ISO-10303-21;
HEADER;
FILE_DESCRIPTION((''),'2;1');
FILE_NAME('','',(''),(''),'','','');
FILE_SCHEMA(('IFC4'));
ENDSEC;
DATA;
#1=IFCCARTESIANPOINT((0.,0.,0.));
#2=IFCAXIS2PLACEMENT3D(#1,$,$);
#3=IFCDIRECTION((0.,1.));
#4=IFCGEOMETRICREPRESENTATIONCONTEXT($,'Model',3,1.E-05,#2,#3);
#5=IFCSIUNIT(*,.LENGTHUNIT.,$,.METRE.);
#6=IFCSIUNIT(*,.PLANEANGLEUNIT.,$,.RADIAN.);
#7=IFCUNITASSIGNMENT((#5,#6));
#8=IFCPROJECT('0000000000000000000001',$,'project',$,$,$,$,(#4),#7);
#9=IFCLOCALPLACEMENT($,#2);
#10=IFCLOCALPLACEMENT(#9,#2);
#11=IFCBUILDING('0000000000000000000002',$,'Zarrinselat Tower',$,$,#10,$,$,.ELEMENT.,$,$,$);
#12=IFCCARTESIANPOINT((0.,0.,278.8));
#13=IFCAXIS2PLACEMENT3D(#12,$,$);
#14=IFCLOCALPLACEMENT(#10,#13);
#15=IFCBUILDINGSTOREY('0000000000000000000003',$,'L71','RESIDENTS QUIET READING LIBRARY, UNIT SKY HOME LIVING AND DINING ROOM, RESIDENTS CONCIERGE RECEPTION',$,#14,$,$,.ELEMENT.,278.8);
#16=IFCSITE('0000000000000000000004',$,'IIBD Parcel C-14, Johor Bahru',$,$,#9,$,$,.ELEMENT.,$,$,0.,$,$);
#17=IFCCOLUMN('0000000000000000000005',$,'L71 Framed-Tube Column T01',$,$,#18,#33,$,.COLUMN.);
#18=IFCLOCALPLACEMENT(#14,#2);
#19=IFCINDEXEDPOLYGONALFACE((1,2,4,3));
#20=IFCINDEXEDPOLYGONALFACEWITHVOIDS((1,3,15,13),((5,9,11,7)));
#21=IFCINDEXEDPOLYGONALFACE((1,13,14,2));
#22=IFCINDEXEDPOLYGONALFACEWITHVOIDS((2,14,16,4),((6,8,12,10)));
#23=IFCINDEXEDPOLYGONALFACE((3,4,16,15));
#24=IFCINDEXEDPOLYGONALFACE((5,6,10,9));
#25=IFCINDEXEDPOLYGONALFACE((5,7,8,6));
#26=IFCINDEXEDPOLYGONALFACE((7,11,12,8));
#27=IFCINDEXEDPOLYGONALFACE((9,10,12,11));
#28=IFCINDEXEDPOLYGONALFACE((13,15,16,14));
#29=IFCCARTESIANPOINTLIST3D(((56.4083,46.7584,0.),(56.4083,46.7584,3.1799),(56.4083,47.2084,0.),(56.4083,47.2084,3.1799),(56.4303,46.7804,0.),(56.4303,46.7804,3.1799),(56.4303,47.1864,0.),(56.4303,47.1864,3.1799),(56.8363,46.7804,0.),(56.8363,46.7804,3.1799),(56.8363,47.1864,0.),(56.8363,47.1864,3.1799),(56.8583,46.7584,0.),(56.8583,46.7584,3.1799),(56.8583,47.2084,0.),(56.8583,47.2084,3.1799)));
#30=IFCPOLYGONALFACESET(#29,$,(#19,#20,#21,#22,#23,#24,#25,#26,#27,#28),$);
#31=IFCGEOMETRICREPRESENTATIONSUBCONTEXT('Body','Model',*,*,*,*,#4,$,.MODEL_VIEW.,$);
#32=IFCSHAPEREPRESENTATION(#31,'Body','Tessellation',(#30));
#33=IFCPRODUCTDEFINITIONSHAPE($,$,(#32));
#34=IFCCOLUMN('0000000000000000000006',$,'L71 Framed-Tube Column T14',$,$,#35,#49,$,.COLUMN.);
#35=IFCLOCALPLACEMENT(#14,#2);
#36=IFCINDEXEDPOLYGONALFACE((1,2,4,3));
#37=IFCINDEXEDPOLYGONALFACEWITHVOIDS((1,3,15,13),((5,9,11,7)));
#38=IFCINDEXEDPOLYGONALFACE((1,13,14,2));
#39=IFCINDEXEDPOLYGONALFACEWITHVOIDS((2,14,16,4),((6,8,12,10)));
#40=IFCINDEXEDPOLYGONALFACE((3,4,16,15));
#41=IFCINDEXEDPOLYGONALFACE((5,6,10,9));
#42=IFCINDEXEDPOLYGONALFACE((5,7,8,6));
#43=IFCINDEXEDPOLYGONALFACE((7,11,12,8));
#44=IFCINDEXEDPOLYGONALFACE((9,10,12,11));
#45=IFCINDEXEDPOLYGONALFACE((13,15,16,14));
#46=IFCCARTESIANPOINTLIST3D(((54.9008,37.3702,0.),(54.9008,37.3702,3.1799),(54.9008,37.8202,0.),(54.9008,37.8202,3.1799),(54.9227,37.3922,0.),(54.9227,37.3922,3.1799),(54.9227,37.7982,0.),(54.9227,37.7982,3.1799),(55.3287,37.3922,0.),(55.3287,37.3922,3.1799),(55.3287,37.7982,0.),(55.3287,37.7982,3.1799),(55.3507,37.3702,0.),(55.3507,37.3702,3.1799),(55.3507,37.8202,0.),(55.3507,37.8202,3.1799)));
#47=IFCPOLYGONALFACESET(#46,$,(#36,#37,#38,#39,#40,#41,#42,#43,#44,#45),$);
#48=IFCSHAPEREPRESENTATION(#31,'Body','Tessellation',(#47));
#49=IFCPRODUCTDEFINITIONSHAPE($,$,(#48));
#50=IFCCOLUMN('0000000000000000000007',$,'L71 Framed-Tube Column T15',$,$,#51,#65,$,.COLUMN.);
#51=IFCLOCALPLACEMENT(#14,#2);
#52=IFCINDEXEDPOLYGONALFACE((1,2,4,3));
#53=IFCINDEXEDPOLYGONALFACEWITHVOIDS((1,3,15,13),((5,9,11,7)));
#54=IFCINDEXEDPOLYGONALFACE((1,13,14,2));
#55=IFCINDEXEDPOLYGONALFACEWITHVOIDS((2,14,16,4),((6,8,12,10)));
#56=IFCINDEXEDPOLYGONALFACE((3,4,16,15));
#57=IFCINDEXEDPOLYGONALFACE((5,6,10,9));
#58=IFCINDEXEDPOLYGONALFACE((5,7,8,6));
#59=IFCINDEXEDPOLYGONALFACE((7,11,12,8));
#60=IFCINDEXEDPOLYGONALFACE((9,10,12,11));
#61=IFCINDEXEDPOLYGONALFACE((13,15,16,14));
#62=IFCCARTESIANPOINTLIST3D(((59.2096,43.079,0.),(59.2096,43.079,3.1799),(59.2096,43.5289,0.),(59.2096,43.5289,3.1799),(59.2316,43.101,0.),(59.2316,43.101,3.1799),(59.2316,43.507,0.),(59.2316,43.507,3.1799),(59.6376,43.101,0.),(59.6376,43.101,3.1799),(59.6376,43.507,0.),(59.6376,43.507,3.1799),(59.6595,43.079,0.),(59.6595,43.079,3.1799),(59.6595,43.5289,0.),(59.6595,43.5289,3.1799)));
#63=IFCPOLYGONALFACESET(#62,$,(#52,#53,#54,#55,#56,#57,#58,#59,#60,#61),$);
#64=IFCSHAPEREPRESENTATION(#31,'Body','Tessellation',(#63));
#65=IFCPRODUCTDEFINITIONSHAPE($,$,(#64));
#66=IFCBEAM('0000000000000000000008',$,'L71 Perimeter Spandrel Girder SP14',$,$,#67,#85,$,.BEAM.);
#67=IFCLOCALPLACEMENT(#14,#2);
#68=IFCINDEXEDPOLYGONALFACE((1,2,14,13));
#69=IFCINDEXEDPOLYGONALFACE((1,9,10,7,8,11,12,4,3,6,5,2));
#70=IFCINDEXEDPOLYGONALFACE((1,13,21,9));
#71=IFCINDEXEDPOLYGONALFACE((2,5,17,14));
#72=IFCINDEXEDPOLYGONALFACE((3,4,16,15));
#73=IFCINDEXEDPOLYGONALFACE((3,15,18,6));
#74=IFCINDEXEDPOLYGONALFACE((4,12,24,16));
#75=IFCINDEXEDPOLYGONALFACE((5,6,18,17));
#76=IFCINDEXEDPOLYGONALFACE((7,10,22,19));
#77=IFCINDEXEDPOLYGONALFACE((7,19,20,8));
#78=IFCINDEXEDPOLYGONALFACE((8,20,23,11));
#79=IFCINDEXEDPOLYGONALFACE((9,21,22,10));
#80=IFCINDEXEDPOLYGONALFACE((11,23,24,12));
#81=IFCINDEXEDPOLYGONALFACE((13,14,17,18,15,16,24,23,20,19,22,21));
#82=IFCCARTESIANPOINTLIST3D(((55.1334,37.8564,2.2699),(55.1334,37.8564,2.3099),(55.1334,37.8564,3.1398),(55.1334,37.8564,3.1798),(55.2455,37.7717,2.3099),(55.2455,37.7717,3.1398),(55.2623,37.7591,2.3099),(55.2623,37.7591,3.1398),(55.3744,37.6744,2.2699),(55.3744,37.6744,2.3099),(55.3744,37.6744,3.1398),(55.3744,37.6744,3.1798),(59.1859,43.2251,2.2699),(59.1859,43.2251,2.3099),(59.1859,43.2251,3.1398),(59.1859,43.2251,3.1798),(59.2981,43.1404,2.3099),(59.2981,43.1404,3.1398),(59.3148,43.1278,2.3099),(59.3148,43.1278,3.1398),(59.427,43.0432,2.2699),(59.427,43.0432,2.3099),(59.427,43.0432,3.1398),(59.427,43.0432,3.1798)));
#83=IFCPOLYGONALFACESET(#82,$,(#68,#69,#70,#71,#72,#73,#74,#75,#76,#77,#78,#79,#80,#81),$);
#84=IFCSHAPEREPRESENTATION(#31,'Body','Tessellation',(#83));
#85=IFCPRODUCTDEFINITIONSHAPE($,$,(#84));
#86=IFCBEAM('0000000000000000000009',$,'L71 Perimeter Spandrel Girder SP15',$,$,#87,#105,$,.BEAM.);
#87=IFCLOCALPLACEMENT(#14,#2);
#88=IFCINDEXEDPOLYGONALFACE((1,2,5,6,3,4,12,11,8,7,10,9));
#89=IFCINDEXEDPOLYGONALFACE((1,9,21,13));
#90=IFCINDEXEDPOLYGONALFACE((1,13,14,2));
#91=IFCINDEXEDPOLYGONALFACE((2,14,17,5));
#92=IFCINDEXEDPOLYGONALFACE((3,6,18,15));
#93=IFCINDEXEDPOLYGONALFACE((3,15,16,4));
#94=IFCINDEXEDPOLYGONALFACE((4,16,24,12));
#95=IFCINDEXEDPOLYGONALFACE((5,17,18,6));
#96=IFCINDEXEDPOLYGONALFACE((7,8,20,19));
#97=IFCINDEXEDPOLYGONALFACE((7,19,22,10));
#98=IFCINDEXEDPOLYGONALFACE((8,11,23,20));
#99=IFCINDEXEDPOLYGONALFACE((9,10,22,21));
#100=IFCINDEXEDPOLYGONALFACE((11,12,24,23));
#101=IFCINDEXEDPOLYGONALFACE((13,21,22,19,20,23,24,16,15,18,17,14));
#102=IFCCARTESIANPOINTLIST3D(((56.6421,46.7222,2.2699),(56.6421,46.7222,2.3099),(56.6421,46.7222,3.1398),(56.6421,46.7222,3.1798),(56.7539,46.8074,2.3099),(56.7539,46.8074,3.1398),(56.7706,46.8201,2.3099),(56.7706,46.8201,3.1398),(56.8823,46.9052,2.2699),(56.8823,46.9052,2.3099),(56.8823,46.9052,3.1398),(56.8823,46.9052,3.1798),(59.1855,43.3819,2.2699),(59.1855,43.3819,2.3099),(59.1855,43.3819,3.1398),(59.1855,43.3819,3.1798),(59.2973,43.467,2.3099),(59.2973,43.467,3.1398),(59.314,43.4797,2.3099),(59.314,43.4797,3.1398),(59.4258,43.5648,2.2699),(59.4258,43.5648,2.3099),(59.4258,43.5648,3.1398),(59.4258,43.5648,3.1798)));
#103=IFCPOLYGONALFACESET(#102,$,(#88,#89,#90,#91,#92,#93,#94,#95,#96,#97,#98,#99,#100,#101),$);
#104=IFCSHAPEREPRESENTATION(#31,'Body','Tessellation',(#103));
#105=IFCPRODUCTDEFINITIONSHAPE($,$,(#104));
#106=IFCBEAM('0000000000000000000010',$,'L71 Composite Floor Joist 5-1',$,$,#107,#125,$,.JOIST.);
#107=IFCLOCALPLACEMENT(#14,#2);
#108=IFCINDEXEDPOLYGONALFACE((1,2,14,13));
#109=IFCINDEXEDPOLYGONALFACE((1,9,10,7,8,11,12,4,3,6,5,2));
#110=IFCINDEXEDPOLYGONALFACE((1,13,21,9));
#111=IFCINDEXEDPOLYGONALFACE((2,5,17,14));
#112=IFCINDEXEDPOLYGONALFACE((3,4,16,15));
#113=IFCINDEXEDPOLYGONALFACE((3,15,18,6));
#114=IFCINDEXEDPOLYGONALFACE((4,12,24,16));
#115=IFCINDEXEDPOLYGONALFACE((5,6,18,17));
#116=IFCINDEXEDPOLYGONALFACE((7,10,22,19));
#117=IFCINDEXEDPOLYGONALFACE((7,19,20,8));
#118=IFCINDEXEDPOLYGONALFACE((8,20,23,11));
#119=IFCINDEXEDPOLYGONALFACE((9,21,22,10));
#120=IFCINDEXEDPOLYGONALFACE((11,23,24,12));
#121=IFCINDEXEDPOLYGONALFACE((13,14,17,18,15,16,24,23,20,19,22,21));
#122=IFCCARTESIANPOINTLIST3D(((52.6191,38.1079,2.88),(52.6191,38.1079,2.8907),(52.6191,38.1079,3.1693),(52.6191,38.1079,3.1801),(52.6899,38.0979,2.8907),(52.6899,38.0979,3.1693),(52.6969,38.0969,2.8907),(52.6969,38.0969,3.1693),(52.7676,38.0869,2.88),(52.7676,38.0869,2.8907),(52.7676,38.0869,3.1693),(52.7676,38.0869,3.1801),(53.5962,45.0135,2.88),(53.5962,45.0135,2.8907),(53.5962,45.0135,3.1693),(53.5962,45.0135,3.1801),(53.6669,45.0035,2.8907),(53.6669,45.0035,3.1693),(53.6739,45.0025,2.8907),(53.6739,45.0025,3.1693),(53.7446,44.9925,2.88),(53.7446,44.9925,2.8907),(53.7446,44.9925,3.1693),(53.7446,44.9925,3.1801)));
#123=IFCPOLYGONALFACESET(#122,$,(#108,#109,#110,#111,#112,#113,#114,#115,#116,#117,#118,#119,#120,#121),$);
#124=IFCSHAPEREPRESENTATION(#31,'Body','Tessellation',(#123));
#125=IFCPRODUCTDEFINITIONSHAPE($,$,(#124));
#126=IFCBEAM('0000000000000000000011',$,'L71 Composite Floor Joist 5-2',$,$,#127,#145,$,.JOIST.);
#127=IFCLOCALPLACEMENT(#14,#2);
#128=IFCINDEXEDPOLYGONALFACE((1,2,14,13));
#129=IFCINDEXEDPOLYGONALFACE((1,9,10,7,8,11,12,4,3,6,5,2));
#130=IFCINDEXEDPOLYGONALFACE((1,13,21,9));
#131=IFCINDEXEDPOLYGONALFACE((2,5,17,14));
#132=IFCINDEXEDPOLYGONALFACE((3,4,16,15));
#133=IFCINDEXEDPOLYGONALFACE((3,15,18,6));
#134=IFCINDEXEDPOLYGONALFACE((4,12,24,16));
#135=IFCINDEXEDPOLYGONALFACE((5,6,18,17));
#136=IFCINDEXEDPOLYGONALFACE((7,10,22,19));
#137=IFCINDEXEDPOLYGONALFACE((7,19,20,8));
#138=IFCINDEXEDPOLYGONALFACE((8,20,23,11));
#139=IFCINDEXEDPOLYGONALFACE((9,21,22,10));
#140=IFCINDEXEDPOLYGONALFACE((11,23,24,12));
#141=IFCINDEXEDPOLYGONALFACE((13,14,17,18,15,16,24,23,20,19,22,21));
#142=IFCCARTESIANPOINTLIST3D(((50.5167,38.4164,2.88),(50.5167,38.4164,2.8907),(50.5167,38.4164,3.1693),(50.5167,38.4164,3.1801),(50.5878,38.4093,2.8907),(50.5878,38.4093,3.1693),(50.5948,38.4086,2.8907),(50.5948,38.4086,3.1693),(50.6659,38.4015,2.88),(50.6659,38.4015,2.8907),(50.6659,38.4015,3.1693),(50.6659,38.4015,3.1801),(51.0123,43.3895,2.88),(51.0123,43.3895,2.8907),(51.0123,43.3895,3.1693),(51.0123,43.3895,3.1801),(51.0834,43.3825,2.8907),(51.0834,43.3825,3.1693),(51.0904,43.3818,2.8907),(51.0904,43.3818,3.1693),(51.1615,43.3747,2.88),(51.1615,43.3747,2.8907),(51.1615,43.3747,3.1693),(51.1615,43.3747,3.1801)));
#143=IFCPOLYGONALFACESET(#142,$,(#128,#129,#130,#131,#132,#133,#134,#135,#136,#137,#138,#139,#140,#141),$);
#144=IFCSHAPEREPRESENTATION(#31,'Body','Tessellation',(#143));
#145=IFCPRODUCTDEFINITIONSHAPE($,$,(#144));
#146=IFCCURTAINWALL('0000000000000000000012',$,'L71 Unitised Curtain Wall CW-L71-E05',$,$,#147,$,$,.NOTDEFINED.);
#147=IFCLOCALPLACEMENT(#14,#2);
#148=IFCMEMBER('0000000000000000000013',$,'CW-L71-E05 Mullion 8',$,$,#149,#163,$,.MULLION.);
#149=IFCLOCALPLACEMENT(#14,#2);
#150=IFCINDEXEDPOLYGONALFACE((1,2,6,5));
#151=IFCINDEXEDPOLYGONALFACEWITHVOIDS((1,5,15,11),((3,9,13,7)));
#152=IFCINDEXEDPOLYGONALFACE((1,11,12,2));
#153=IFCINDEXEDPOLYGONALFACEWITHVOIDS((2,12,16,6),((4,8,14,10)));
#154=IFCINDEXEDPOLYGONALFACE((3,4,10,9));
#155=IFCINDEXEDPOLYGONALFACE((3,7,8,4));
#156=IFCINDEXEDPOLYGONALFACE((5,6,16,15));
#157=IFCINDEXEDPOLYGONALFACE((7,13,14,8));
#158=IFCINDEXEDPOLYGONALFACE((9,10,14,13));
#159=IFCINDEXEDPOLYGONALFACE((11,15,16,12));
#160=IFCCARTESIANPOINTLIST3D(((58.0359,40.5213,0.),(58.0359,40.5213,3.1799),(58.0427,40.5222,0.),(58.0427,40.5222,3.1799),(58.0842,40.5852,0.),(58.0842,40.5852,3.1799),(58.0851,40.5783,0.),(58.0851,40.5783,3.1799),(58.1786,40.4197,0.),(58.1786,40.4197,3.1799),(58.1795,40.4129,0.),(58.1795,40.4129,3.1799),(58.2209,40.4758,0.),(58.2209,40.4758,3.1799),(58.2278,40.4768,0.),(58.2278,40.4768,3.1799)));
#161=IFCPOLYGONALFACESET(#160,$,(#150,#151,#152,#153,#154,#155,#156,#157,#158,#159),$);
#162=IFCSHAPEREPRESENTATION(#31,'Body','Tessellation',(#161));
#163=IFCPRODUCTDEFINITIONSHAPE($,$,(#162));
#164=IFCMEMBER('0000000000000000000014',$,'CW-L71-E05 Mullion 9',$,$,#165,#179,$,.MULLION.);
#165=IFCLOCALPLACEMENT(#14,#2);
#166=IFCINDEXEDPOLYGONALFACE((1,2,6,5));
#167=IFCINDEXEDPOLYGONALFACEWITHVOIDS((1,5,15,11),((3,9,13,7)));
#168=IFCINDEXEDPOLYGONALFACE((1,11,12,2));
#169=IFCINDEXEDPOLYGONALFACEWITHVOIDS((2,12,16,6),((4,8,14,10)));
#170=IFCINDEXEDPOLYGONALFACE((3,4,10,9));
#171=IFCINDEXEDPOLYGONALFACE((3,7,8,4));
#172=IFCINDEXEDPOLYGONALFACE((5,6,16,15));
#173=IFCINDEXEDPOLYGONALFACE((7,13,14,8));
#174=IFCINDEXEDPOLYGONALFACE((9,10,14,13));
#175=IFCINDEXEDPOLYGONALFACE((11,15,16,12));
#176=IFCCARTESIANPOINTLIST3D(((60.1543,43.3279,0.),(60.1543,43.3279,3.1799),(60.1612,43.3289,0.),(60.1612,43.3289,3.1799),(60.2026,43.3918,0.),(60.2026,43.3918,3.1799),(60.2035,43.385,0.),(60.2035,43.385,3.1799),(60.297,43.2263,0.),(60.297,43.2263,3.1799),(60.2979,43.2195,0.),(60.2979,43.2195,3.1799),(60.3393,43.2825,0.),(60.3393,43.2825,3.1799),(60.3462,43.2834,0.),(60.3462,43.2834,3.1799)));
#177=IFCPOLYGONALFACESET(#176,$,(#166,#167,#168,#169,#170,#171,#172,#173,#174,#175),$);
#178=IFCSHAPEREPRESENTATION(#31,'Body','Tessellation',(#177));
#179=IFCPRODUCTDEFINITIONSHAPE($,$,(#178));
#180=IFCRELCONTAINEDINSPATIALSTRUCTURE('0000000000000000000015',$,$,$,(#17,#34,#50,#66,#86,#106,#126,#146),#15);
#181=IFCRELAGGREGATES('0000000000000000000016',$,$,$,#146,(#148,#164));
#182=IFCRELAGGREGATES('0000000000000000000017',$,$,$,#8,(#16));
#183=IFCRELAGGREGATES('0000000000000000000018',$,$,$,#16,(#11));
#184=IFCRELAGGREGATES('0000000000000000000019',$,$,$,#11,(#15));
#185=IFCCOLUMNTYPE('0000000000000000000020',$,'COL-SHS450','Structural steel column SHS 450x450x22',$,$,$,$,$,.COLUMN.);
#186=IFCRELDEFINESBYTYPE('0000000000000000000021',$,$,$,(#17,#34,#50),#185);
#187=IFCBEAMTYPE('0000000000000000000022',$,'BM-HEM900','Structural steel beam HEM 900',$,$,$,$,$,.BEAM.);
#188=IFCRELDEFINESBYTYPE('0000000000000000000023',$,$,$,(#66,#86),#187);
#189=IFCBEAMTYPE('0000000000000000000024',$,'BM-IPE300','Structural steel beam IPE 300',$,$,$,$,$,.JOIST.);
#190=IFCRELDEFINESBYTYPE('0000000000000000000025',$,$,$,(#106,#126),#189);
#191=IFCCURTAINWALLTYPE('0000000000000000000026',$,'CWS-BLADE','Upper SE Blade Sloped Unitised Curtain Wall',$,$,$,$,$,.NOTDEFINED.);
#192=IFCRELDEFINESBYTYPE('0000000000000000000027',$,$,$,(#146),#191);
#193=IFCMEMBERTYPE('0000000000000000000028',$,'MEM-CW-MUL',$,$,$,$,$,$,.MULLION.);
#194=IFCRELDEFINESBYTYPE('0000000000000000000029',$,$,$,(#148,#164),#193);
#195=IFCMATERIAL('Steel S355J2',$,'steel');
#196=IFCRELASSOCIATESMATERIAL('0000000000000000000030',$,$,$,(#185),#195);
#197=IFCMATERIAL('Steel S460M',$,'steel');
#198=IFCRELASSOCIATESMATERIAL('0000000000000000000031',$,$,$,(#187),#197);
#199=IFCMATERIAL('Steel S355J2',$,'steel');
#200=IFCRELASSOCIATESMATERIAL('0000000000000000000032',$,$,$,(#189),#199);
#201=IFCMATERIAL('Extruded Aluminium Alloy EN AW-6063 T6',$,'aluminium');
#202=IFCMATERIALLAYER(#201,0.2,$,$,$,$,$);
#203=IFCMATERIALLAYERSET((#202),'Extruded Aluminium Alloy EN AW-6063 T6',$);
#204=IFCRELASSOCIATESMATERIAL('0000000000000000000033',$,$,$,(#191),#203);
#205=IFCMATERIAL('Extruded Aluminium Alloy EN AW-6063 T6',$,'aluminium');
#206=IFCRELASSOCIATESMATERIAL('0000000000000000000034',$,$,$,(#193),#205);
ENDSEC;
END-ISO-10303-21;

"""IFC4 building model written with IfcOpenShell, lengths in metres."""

from ifc_helpers import new_model, si_unit, direction, frame, origin, origin_2d, place, context, subcontext, project, spatial, hollow_rectangle, i_section, extrude, material, layer, layer_set, material_profile, profile_set, type_object, element, aggregate, save


model = new_model("IFC4")

# Units and contexts
model_context = context("Model", 3, precision=1e-05, world=origin(), true_north=direction((0.0, 1.0)))
body_context = subcontext(model_context, "Body", "Model", "MODEL_VIEW")
ifc_project = project(units=[si_unit("LENGTHUNIT", "METRE"), si_unit("PLANEANGLEUNIT", "RADIAN")], contexts=[model_context])

# Site, building, storey
site_placement = place(None, origin())
site = spatial("IfcSite", under=ifc_project, at=site_placement, Name="IIBD Parcel C-14, Johor Bahru", CompositionType="ELEMENT", RefElevation=0.0)
building_placement = place(site_placement, origin())
building = spatial("IfcBuilding", under=site, at=building_placement, Name="Zarrinselat Tower", CompositionType="ELEMENT")
storey_placement = place(building_placement, frame((0.0, 0.0, 278.8)))
storey = spatial("IfcBuildingStorey", under=building, at=storey_placement, Name="L71", Description="RESIDENTS QUIET READING LIBRARY, UNIT SKY HOME LIVING AND DINING ROOM, RESIDENTS CONCIERGE RECEPTION", CompositionType="ELEMENT", Elevation=278.8)

# Columns
ifc_material_1 = material(Name="Steel S355J2", Category="steel")
ifc_material_profile_1 = material_profile(ifc_material_1, hollow_rectangle(XDim=0.45, YDim=0.45, WallThickness=0.022, at=origin_2d()), Name="SHS 450x450x22")
ifc_profile_set_1 = profile_set([ifc_material_profile_1], Name="Steel S355J2")
column_type = type_object("IfcColumnType", Name="COL-SHS450", Description="Structural steel column SHS 450x450x22", PredefinedType="COLUMN", material=ifc_profile_set_1)
for number, where, z_axis, x_axis, name in (
    (1, (56.6333, 46.9834, 0.0), (0.0, 0.0, 1.0), (1.0, 0.0, 0.0), "L71 Framed-Tube Column T01"),
    (2, (55.1257, 37.5952, 0.0), (0.0, 0.0, 1.0), (1.0, 0.0, 0.0), "L71 Framed-Tube Column T14"),
    (3, (59.4346, 43.304, 0.0), (0.0, 0.0, 1.0), (1.0, 0.0, 0.0), "L71 Framed-Tube Column T15"),
):
    element("IfcColumn", number, at=place(storey_placement, frame(where, z_axis=z_axis, x_axis=x_axis)), inside=storey, type_object=column_type, Name=name, PredefinedType="COLUMN", context=body_context, shape_type="SweptSolid", body=[
        extrude(hollow_rectangle(XDim=0.45, YDim=0.45, WallThickness=0.022, at=origin_2d()), origin(), (0.0, 0.0, 1.0), 3.1799),
    ])

# Beams
ifc_material_2 = material(Name="Steel S460M", Category="steel")
ifc_material_profile_2 = material_profile(ifc_material_2, i_section(OverallWidth=0.302, OverallDepth=0.9099, WebThickness=0.021, FlangeThickness=0.04, at=origin_2d()), Name="HEM 900")
ifc_profile_set_2 = profile_set([ifc_material_profile_2], Name="Steel S460M")
beam_type_1 = type_object("IfcBeamType", Name="BM-HEM900", Description="Structural steel beam HEM 900", PredefinedType="BEAM", material=ifc_profile_set_2)
beam_1_placement = place(storey_placement, frame((55.2539, 37.7654, 2.7249), z_axis=(0.602471, 0.798141, 0.0), x_axis=(-0.798141, 0.602471, 0.0)))
element("IfcBeam", 4, at=beam_1_placement, inside=storey, type_object=beam_type_1, Name="L71 Perimeter Spandrel Girder SP14", PredefinedType="BEAM", context=body_context, shape_type="SweptSolid", body=[
    extrude(i_section(OverallWidth=0.302, OverallDepth=0.9099, WebThickness=0.021, FlangeThickness=0.04, at=origin_2d()), origin(), (0.0, 0.0, 1.0), 6.7266),
])
beam_2_placement = place(storey_placement, frame((56.7622, 46.8137, 2.7249), z_axis=(0.605808, -0.795611, 0.0), x_axis=(0.795611, 0.605808, 0.0)))
element("IfcBeam", 5, at=beam_2_placement, inside=storey, type_object=beam_type_1, Name="L71 Perimeter Spandrel Girder SP15", PredefinedType="BEAM", context=body_context, shape_type="SweptSolid", body=[
    extrude(i_section(OverallWidth=0.302, OverallDepth=0.9099, WebThickness=0.021, FlangeThickness=0.04, at=origin_2d()), origin(), (0.0, 0.0, 1.0), 4.1985),
])
ifc_material_3 = material(Name="Steel S355J2", Category="steel")
ifc_material_profile_3 = material_profile(ifc_material_3, i_section(OverallWidth=0.1499, OverallDepth=0.3, WebThickness=0.0071, FlangeThickness=0.0107, at=origin_2d()), Name="IPE 300")
ifc_profile_set_3 = profile_set([ifc_material_profile_3], Name="Steel S355J2")
beam_type_2 = type_object("IfcBeamType", Name="BM-IPE300", Description="Structural steel beam IPE 300", PredefinedType="JOIST", material=ifc_profile_set_3)
beam_3_placement = place(storey_placement, frame((52.6934, 38.0974, 3.03), z_axis=(0.140093, 0.990138, 0.0), x_axis=(-0.990138, 0.140093, 0.0)))
element("IfcBeam", 6, at=beam_3_placement, inside=storey, type_object=beam_type_2, Name="L71 Composite Floor Joist 5-1", PredefinedType="JOIST", context=body_context, shape_type="SweptSolid", body=[
    extrude(i_section(OverallWidth=0.1499, OverallDepth=0.3, WebThickness=0.0071, FlangeThickness=0.0107, at=origin_2d()), origin(), (0.0, 0.0, 1.0), 6.9744),
])
beam_4_placement = place(storey_placement, frame((50.5913, 38.4089, 3.03), z_axis=(0.099165, 0.995071, 0.0), x_axis=(-0.995071, 0.099165, 0.0)))
element("IfcBeam", 7, at=beam_4_placement, inside=storey, type_object=beam_type_2, Name="L71 Composite Floor Joist 5-2", PredefinedType="JOIST", context=body_context, shape_type="SweptSolid", body=[
    extrude(i_section(OverallWidth=0.1499, OverallDepth=0.3, WebThickness=0.0071, FlangeThickness=0.0107, at=origin_2d()), origin(), (0.0, 0.0, 1.0), 4.9978),
])

# Curtain wall, members
ifc_material_4 = material(Name="Extruded Aluminium Alloy EN AW-6063 T6", Category="aluminium")
ifc_layer_1 = layer(ifc_material_4, 0.2)
ifc_layer_set_1 = layer_set([ifc_layer_1], Name="Extruded Aluminium Alloy EN AW-6063 T6")
curtain_wall_type_1 = type_object("IfcCurtainWallType", Name="CWS-BLADE", Description="Upper SE Blade Sloped Unitised Curtain Wall", PredefinedType="NOTDEFINED", material=ifc_layer_set_1)
curtain_wall_1_placement = place(storey_placement, origin())
curtain_wall_1 = element("IfcCurtainWall", 8, at=curtain_wall_1_placement, inside=storey, type_object=curtain_wall_type_1, Name="L71 Unitised Curtain Wall CW-L71-E05", PredefinedType="NOTDEFINED")
ifc_material_5 = material(Name="Extruded Aluminium Alloy EN AW-6063 T6", Category="aluminium")
ifc_material_profile_4 = material_profile(ifc_material_5, hollow_rectangle(XDim=0.0801, YDim=0.1799, WallThickness=0.0049, at=origin_2d()), Name="RHS 180x80x5")
ifc_profile_set_4 = profile_set([ifc_material_profile_4], Name="Extruded Aluminium Alloy EN AW-6063 T6")
member_type_1 = type_object("IfcMemberType", Name="MEM-CW-MUL", PredefinedType="MULLION", material=ifc_profile_set_4)
member_1_placement = place(storey_placement, frame((58.1318, 40.499, 0.0), z_axis=(0.0, 0.0, 1.0), x_axis=(0.602445, 0.79816, 0.0)))
member_1 = element("IfcMember", 9, at=member_1_placement, type_object=member_type_1, Name="CW-L71-E05 Mullion 8", PredefinedType="MULLION", context=body_context, shape_type="SweptSolid", body=[
    extrude(hollow_rectangle(XDim=0.0801, YDim=0.1799, WallThickness=0.0049, at=origin_2d()), origin(), (0.0, 0.0, 1.0), 3.1799),
])
member_2_placement = place(storey_placement, frame((60.2502, 43.3057, 0.0), z_axis=(0.0, 0.0, 1.0), x_axis=(0.602445, 0.79816, 0.0)))
member_2 = element("IfcMember", 10, at=member_2_placement, type_object=member_type_1, Name="CW-L71-E05 Mullion 9", PredefinedType="MULLION", context=body_context, shape_type="SweptSolid", body=[
    extrude(hollow_rectangle(XDim=0.0801, YDim=0.1799, WallThickness=0.0049, at=origin_2d()), origin(), (0.0, 0.0, 1.0), 3.1799),
])

aggregate(curtain_wall_1, [member_1, member_2])

save(model, "model.ifc")
